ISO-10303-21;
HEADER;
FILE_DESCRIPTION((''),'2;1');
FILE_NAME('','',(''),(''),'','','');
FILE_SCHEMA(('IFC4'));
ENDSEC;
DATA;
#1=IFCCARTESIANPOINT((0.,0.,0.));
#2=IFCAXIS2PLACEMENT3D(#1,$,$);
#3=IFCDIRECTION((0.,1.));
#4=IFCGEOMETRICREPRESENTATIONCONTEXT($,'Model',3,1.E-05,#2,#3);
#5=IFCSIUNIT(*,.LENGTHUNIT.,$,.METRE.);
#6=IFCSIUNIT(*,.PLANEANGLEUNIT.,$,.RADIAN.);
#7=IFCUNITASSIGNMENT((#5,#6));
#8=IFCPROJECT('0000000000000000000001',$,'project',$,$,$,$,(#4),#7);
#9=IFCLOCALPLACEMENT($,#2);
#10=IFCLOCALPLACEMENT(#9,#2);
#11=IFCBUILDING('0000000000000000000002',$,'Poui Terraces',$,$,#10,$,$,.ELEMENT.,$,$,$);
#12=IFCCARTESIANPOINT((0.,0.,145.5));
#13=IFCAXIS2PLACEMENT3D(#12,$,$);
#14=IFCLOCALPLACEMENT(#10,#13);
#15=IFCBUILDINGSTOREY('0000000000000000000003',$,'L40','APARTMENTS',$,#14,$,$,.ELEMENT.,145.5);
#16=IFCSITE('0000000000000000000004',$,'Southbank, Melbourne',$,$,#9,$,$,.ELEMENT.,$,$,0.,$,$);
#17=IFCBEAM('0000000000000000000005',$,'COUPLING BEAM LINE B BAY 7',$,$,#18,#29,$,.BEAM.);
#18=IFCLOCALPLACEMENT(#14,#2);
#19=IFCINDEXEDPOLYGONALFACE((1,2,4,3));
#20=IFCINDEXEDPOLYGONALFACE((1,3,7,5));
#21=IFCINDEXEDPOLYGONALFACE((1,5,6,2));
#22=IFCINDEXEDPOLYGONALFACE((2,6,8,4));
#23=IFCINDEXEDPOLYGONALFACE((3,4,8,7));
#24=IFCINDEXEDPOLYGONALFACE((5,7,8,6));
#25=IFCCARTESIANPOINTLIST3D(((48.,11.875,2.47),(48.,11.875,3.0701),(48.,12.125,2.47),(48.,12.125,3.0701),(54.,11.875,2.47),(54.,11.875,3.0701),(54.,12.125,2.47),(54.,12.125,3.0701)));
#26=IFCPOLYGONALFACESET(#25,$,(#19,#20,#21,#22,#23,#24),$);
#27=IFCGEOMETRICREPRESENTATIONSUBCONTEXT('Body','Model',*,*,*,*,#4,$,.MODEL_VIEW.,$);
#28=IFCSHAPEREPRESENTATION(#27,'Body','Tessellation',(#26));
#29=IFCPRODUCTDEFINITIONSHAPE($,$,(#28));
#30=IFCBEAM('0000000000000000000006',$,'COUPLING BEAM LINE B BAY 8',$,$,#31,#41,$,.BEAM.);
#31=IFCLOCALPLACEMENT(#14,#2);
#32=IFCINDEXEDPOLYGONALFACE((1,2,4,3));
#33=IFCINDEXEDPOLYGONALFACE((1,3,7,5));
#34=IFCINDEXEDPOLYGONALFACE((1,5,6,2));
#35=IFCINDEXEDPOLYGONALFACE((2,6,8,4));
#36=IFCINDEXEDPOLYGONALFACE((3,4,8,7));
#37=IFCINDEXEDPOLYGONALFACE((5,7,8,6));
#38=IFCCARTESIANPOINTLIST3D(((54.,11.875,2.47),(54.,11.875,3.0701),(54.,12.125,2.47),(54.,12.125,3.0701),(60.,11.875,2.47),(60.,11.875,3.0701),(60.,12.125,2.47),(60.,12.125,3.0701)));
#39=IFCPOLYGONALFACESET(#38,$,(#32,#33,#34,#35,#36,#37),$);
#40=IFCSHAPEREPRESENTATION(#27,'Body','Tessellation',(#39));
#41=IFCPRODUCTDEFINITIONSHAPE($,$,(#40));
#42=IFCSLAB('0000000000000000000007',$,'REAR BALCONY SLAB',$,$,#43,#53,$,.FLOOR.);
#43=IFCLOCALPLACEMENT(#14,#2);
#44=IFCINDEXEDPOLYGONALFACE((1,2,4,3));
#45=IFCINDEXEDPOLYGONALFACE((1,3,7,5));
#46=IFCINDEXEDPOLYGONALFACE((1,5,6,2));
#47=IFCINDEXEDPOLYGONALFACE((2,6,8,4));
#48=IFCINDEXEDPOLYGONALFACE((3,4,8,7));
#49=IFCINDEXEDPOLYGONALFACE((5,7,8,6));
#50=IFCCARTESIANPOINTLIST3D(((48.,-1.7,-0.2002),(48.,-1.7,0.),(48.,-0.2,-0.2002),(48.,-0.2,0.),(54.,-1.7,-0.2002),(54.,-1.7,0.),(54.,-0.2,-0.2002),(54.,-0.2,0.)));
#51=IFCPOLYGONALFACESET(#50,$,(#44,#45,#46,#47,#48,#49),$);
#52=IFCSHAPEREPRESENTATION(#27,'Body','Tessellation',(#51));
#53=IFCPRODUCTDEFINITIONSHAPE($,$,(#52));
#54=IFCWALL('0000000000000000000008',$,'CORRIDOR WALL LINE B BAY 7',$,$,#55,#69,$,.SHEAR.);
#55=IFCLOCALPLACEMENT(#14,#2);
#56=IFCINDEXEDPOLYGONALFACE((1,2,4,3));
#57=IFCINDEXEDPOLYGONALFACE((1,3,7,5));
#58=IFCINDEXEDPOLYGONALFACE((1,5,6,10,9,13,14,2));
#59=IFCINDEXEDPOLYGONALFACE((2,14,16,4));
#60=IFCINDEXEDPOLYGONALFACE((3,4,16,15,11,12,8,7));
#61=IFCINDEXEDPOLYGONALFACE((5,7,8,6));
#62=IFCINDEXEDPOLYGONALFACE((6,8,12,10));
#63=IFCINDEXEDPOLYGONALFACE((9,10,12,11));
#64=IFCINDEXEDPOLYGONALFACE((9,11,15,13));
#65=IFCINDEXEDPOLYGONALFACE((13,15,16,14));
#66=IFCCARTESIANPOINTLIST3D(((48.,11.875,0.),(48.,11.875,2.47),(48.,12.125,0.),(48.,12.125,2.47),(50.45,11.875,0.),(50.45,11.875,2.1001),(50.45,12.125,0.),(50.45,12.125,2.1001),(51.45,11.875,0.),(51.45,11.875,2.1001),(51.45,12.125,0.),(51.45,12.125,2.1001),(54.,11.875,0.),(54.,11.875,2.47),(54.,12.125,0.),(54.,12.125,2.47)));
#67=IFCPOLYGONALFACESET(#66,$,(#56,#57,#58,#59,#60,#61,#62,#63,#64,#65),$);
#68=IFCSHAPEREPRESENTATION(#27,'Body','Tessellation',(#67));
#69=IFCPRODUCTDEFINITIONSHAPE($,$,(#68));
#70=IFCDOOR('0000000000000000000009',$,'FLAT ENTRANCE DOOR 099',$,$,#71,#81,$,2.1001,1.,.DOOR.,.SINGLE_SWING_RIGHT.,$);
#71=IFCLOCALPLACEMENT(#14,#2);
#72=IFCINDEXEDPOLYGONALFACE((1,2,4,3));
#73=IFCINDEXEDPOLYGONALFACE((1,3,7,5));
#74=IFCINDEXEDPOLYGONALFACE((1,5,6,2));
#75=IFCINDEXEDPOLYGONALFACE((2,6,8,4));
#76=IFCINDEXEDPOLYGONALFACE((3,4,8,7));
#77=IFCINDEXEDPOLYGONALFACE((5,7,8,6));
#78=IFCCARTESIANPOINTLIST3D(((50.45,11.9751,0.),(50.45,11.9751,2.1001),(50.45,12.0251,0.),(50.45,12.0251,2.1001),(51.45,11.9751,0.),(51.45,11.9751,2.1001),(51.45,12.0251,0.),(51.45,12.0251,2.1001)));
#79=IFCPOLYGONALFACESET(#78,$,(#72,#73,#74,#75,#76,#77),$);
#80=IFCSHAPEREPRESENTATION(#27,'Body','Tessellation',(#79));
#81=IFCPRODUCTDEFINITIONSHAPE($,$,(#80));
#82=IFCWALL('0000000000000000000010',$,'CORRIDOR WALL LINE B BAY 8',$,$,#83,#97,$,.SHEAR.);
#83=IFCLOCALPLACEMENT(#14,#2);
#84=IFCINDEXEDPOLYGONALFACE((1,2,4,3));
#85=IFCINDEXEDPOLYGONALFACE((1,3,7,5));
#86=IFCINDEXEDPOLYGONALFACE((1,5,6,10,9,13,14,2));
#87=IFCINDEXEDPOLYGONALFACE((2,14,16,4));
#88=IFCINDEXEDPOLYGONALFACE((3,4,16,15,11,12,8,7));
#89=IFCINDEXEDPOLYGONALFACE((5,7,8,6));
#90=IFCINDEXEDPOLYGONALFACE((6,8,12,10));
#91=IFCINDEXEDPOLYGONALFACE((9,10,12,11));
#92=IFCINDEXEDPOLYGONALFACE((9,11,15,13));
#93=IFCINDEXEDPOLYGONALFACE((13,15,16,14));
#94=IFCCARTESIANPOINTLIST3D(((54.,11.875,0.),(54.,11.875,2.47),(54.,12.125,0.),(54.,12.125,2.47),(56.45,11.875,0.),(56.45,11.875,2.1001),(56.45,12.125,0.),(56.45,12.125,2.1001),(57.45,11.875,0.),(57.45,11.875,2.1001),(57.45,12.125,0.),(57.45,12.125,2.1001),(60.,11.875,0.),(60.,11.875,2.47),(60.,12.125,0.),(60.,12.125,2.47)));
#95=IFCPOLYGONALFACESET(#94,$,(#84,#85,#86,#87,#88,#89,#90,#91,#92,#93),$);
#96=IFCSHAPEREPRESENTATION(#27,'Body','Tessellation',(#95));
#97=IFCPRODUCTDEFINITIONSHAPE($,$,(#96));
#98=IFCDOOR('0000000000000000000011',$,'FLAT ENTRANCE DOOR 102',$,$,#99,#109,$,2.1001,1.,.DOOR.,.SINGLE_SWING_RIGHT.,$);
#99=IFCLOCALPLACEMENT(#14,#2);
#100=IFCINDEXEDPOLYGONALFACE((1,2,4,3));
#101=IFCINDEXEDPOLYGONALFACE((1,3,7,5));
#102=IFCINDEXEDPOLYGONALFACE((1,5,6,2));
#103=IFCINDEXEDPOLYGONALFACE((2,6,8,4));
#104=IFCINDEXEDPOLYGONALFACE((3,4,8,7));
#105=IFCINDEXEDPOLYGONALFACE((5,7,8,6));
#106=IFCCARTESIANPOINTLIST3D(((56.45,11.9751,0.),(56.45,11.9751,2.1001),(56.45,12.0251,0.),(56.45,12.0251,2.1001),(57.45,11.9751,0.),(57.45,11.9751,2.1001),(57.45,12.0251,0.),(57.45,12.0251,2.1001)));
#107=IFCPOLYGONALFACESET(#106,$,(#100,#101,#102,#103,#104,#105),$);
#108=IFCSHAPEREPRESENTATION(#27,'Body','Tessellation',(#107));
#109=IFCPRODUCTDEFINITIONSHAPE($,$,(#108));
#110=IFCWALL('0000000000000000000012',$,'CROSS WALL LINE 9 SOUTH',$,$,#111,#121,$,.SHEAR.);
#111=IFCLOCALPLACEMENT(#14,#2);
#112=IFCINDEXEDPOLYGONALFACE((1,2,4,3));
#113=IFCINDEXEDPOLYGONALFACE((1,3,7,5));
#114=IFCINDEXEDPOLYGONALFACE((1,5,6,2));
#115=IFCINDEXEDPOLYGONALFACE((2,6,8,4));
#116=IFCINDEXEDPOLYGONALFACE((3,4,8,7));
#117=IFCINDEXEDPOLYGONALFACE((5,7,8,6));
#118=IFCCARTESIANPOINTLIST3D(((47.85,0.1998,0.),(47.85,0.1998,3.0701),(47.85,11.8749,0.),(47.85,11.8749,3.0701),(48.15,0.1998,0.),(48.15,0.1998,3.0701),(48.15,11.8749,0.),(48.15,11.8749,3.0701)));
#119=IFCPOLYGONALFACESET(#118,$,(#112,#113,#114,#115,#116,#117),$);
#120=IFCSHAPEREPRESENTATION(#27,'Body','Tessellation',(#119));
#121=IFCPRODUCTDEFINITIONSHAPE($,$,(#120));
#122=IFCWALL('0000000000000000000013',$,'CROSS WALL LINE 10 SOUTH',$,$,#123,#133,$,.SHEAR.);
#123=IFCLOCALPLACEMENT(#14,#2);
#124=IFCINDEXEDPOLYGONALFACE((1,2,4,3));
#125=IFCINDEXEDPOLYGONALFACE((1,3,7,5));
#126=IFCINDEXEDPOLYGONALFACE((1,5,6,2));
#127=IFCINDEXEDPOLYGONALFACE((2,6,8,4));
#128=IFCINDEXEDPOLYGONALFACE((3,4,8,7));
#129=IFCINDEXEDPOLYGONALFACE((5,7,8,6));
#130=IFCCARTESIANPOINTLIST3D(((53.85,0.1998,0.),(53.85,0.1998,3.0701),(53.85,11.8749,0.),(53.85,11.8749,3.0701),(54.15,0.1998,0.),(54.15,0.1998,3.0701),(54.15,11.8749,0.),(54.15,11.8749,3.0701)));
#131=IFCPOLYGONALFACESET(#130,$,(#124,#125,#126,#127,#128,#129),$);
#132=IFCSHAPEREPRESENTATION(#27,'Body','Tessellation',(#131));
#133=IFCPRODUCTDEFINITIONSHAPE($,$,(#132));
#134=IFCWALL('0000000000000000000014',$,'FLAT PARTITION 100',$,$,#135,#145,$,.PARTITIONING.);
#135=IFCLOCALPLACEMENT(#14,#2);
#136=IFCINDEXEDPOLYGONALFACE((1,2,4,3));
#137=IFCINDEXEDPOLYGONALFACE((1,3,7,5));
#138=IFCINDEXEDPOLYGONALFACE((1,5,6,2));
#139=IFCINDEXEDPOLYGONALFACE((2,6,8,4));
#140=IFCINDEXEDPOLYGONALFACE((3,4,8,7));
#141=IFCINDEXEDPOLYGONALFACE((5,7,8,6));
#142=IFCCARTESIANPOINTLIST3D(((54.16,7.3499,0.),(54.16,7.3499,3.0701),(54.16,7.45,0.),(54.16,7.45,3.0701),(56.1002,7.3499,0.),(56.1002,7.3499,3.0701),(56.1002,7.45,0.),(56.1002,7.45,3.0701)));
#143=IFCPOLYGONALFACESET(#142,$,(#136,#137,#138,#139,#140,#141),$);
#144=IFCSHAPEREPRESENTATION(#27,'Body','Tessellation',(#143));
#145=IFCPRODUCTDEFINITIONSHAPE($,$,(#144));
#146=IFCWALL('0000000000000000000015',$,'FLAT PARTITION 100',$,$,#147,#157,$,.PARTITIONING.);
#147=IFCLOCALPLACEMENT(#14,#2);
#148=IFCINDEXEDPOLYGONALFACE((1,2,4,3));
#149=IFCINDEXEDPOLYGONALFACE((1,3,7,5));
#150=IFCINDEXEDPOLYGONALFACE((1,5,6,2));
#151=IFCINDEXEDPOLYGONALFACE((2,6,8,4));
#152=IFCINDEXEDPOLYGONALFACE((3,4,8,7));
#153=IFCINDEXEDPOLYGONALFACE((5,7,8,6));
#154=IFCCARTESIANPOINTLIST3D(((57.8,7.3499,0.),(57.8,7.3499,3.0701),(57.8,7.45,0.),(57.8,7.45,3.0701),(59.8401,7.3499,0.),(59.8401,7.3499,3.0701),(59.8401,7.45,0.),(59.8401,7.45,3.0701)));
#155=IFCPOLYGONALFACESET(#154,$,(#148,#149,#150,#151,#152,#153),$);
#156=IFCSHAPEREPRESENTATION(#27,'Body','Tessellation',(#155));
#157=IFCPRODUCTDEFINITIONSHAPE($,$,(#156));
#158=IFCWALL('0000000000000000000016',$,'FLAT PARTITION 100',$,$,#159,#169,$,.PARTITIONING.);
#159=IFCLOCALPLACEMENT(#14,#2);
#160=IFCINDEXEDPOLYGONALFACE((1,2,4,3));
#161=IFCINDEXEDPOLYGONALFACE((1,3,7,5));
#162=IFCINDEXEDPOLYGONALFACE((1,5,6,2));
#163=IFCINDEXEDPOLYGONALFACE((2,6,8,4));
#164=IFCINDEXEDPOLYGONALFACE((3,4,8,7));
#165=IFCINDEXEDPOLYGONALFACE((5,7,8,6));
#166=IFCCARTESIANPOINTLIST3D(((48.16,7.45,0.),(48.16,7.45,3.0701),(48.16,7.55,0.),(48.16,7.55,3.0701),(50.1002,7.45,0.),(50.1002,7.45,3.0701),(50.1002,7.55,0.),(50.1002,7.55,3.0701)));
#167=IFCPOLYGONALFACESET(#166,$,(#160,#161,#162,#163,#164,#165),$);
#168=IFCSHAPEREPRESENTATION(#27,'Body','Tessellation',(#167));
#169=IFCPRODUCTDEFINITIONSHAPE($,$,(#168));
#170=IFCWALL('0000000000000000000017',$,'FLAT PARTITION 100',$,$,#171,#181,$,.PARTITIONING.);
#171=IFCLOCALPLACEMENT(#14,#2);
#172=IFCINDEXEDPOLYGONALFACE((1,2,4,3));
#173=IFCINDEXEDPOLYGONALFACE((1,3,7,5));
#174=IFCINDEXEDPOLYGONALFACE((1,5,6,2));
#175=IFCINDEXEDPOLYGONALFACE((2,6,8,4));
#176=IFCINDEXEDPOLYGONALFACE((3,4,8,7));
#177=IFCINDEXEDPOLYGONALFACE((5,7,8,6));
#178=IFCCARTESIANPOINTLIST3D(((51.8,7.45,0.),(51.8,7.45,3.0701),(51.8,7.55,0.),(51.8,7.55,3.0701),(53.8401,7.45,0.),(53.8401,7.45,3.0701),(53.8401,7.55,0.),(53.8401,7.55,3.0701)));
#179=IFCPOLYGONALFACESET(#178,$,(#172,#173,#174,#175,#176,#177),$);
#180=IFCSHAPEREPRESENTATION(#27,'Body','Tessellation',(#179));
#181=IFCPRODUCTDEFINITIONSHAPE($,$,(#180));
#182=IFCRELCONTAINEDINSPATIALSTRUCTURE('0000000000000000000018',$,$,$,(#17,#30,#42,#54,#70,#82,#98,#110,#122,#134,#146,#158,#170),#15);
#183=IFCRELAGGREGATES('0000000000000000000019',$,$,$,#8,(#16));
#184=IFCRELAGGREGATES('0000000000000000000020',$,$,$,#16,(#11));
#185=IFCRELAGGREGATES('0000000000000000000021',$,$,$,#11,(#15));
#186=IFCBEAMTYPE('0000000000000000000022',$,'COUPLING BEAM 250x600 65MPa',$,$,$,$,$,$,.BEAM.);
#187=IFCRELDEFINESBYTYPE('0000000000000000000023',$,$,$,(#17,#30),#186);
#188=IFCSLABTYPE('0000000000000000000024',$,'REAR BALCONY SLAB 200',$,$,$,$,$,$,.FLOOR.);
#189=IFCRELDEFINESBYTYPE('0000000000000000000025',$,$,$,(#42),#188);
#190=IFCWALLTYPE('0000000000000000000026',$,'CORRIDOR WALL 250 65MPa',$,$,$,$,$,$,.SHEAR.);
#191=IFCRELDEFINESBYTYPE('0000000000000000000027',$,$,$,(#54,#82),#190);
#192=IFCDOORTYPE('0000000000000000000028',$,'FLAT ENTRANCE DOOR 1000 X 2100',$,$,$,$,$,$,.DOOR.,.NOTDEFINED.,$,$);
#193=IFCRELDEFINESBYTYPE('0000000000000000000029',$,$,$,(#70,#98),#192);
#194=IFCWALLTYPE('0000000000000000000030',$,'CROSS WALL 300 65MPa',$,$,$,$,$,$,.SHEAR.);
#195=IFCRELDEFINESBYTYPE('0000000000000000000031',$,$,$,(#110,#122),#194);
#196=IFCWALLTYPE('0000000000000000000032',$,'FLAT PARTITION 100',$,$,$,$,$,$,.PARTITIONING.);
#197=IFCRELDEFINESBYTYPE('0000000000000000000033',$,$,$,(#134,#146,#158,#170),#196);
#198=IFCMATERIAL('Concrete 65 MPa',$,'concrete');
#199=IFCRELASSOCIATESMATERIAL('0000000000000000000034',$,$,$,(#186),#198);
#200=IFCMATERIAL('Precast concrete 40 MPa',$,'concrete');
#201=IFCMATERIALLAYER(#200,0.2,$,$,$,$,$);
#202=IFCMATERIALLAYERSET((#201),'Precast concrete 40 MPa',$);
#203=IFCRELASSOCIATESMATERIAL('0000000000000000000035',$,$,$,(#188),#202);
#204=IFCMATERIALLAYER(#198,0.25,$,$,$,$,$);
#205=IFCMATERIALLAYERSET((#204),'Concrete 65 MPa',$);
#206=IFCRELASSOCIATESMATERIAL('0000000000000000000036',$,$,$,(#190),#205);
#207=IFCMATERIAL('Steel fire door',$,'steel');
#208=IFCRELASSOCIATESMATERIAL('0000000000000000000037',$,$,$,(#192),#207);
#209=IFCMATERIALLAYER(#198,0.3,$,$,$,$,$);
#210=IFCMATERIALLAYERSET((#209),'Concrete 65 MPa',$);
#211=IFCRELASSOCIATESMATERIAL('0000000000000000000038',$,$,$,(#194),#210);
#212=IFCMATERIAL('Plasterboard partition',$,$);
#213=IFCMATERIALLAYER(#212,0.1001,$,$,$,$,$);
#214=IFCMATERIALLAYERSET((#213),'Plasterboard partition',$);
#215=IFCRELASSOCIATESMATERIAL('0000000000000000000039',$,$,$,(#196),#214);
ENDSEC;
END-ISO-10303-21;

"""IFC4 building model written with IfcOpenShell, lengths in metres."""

from ifc_helpers import new_model, si_unit, direction, frame, frame_2d, origin, origin_2d, place, context, subcontext, project, spatial, polyline, rectangle, outline, extrude, source, transform, mapped, material, layer, layer_set, material_profile, profile_set, type_object, element, fill, save


model = new_model("IFC4")

# Units and contexts
model_context = context("Model", 3, precision=1e-05, world=origin(), true_north=direction((0.0, 1.0)))
body_context = subcontext(model_context, "Body", "Model", "MODEL_VIEW")
ifc_project = project(units=[si_unit("LENGTHUNIT", "METRE"), si_unit("PLANEANGLEUNIT", "RADIAN")], contexts=[model_context])

# Site, building, storey
site_placement = place(None, origin())
site = spatial("IfcSite", under=ifc_project, at=site_placement, Name="Southbank, Melbourne", CompositionType="ELEMENT", RefElevation=0.0)
building_placement = place(site_placement, origin())
building = spatial("IfcBuilding", under=site, at=building_placement, Name="Poui Terraces", CompositionType="ELEMENT")
storey_placement = place(building_placement, frame((0.0, 0.0, 145.5)))
storey = spatial("IfcBuildingStorey", under=building, at=storey_placement, Name="L40", Description="APARTMENTS", CompositionType="ELEMENT", Elevation=145.5)

# Beams
ifc_material_1 = material(Name="Concrete 65 MPa", Category="concrete")
ifc_material_profile_1 = material_profile(ifc_material_1, rectangle(XDim=0.25, YDim=0.6001, at=origin_2d()), Name="RC 250x600")
ifc_profile_set_1 = profile_set([ifc_material_profile_1], Name="Concrete 65 MPa")
beam_type = type_object("IfcBeamType", Name="COUPLING BEAM 250x600 65MPa", PredefinedType="BEAM", material=ifc_profile_set_1)
shared_shape_1 = source(origin(), body_context, "Body", "SweptSolid", [
    extrude(rectangle(XDim=0.25, YDim=0.6001, at=origin_2d()), origin(), (0.0, 0.0, 1.0), 6.0),
])
for number, where, z_axis, x_axis, name in (
    (1, (48.0, 12.0, 2.77), (1.0, 0.0, 0.0), (0.0, 1.0, 0.0), "COUPLING BEAM LINE B BAY 7"),
    (2, (54.0, 12.0, 2.77), (1.0, 0.0, 0.0), (0.0, 1.0, 0.0), "COUPLING BEAM LINE B BAY 8"),
):
    element("IfcBeam", number, at=place(storey_placement, frame(where, z_axis=z_axis, x_axis=x_axis)), inside=storey, type_object=beam_type, Name=name, PredefinedType="BEAM", context=body_context, shape_type="MappedRepresentation", body=[
        mapped(shared_shape_1, transform((0.0, 0.0, 0.0))),
    ])

# Slab
ifc_material_2 = material(Name="Precast concrete 40 MPa", Category="concrete")
ifc_layer_1 = layer(ifc_material_2, 0.2)
ifc_layer_set_1 = layer_set([ifc_layer_1], Name="Precast concrete 40 MPa")
slab_type = type_object("IfcSlabType", Name="REAR BALCONY SLAB 200", PredefinedType="FLOOR", material=ifc_layer_set_1)
shared_shape_2 = source(origin(), body_context, "Body", "SweptSolid", [
    extrude(outline(polyline([(0.0, 0.0), (6.0, 0.0), (6.0, 1.5), (0.0, 1.5), (0.0, 0.0)])), origin(), (0.0, 0.0, 1.0), 0.2002),
])
slab_placement = place(storey_placement, frame((48.0, -1.7, -0.2002)))
element("IfcSlab", 3, at=slab_placement, inside=storey, type_object=slab_type, Name="REAR BALCONY SLAB", PredefinedType="FLOOR", context=body_context, shape_type="MappedRepresentation", body=[
    mapped(shared_shape_2, transform((0.0, 0.0, 0.0))),
])

# Walls, openings, doors
ifc_layer_2 = layer(ifc_material_1, 0.25)
ifc_layer_set_2 = layer_set([ifc_layer_2], Name="Concrete 65 MPa")
wall_type_1 = type_object("IfcWallType", Name="CORRIDOR WALL 250 65MPa", PredefinedType="SHEAR", material=ifc_layer_set_2)
wall_1_placement = place(storey_placement, frame((48.0, 12.0, 0.0), z_axis=(0.0, 0.0, 1.0), x_axis=(1.0, 0.0, 0.0)))
wall_1 = element("IfcWall", 4, at=wall_1_placement, inside=storey, type_object=wall_type_1, Name="CORRIDOR WALL LINE B BAY 7", PredefinedType="SHEAR", context=body_context, shape_type="SweptSolid", body=[
    extrude(rectangle(XDim=6.0, YDim=0.25, at=frame_2d((3.0, 0.0))), origin(), (0.0, 0.0, 1.0), 2.47),
])
opening_1_placement = place(wall_1_placement, frame((2.45, 0.0, 0.0)))
opening_1 = element("IfcOpeningElement", 5, at=opening_1_placement, cuts=wall_1, PredefinedType="OPENING", context=body_context, shape_type="SweptSolid", body=[
    extrude(rectangle(XDim=1.0, YDim=2.1001, at=frame_2d((0.5, 1.05))), frame((0.0, 0.135, 0.0), z_axis=(0.0, -1.0, 0.0), x_axis=(1.0, 0.0, 0.0)), (0.0, 0.0, 1.0), 0.27),
])
ifc_material_3 = material(Name="Steel fire door", Category="steel")
door_type_1 = type_object("IfcDoorType", Name="FLAT ENTRANCE DOOR 1000 X 2100", OperationType="NOTDEFINED", PredefinedType="DOOR", material=ifc_material_3)
door_1_placement = place(opening_1_placement, frame((1.0, 0.0, 0.0), z_axis=(0.0, 0.0, 1.0), x_axis=(-1.0, 0.0, 0.0)))
door_1 = element("IfcDoor", 6, at=door_1_placement, inside=storey, type_object=door_type_1, Name="FLAT ENTRANCE DOOR 099", OperationType="SINGLE_SWING_RIGHT", OverallHeight=2.1001, OverallWidth=1.0, PredefinedType="DOOR", context=body_context, shape_type="SweptSolid", body=[
    extrude(rectangle(XDim=1.0, YDim=2.1001, at=frame_2d((0.5, 1.05))), frame((0.0, 0.0249, 0.0), z_axis=(0.0, -1.0, 0.0), x_axis=(1.0, 0.0, 0.0)), (0.0, 0.0, 1.0), 0.05),
])
fill(opening_1, door_1)
wall_2_placement = place(storey_placement, frame((54.0, 12.0, 0.0), z_axis=(0.0, 0.0, 1.0), x_axis=(1.0, 0.0, 0.0)))
wall_2 = element("IfcWall", 7, at=wall_2_placement, inside=storey, type_object=wall_type_1, Name="CORRIDOR WALL LINE B BAY 8", PredefinedType="SHEAR", context=body_context, shape_type="SweptSolid", body=[
    extrude(rectangle(XDim=6.0, YDim=0.25, at=frame_2d((3.0, 0.0))), origin(), (0.0, 0.0, 1.0), 2.47),
])
opening_2_placement = place(wall_2_placement, frame((2.45, 0.0, 0.0)))
opening_2 = element("IfcOpeningElement", 8, at=opening_2_placement, cuts=wall_2, PredefinedType="OPENING", context=body_context, shape_type="SweptSolid", body=[
    extrude(rectangle(XDim=1.0, YDim=2.1001, at=frame_2d((0.5, 1.05))), frame((0.0, 0.135, 0.0), z_axis=(0.0, -1.0, 0.0), x_axis=(1.0, 0.0, 0.0)), (0.0, 0.0, 1.0), 0.27),
])
door_2_placement = place(opening_2_placement, frame((1.0, 0.0, 0.0), z_axis=(0.0, 0.0, 1.0), x_axis=(-1.0, 0.0, 0.0)))
door_2 = element("IfcDoor", 9, at=door_2_placement, inside=storey, type_object=door_type_1, Name="FLAT ENTRANCE DOOR 102", OperationType="SINGLE_SWING_RIGHT", OverallHeight=2.1001, OverallWidth=1.0, PredefinedType="DOOR", context=body_context, shape_type="SweptSolid", body=[
    extrude(rectangle(XDim=1.0, YDim=2.1001, at=frame_2d((0.5, 1.05))), frame((0.0, 0.0249, 0.0), z_axis=(0.0, -1.0, 0.0), x_axis=(1.0, 0.0, 0.0)), (0.0, 0.0, 1.0), 0.05),
])
fill(opening_2, door_2)

# Walls
ifc_layer_3 = layer(ifc_material_1, 0.3)
ifc_layer_set_3 = layer_set([ifc_layer_3], Name="Concrete 65 MPa")
wall_type_2 = type_object("IfcWallType", Name="CROSS WALL 300 65MPa", PredefinedType="SHEAR", material=ifc_layer_set_3)
for number, where, z_axis, x_axis, name in (
    (10, (48.0, 0.2, 0.0), (0.0, 0.0, 1.0), (0.0, 1.0, 0.0), "CROSS WALL LINE 9 SOUTH"),
    (11, (54.0, 0.2, 0.0), (0.0, 0.0, 1.0), (0.0, 1.0, 0.0), "CROSS WALL LINE 10 SOUTH"),
):
    element("IfcWall", number, at=place(storey_placement, frame(where, z_axis=z_axis, x_axis=x_axis)), inside=storey, type_object=wall_type_2, Name=name, PredefinedType="SHEAR", context=body_context, shape_type="SweptSolid", body=[
        extrude(rectangle(XDim=11.675, YDim=0.3, at=frame_2d((5.8374, 0.0))), origin(), (0.0, 0.0, 1.0), 3.0701),
    ])
ifc_material_4 = material(Name="Plasterboard partition")
ifc_layer_4 = layer(ifc_material_4, 0.1001)
ifc_layer_set_4 = layer_set([ifc_layer_4], Name="Plasterboard partition")
wall_type_3 = type_object("IfcWallType", Name="FLAT PARTITION 100", PredefinedType="PARTITIONING", material=ifc_layer_set_4)
wall_3_placement = place(storey_placement, frame((54.1599, 7.3999, 0.0), z_axis=(0.0, 0.0, 1.0), x_axis=(1.0, 0.0, 0.0)))
element("IfcWall", 12, at=wall_3_placement, inside=storey, type_object=wall_type_3, Name="FLAT PARTITION 100", PredefinedType="PARTITIONING", context=body_context, shape_type="SweptSolid", body=[
    extrude(rectangle(XDim=1.9402, YDim=0.1001, at=frame_2d((0.9702, 0.0))), origin(), (0.0, 0.0, 1.0), 3.0701),
])
wall_4_placement = place(storey_placement, frame((57.8, 7.3999, 0.0), z_axis=(0.0, 0.0, 1.0), x_axis=(1.0, 0.0, 0.0)))
element("IfcWall", 13, at=wall_4_placement, inside=storey, type_object=wall_type_3, Name="FLAT PARTITION 100", PredefinedType="PARTITIONING", context=body_context, shape_type="SweptSolid", body=[
    extrude(rectangle(XDim=2.04, YDim=0.1001, at=frame_2d((1.02, 0.0))), origin(), (0.0, 0.0, 1.0), 3.0701),
])
wall_5_placement = place(storey_placement, frame((48.1599, 7.5, 0.0), z_axis=(0.0, 0.0, 1.0), x_axis=(1.0, 0.0, 0.0)))
element("IfcWall", 14, at=wall_5_placement, inside=storey, type_object=wall_type_3, Name="FLAT PARTITION 100", PredefinedType="PARTITIONING", context=body_context, shape_type="SweptSolid", body=[
    extrude(rectangle(XDim=1.9402, YDim=0.1001, at=frame_2d((0.9702, 0.0))), origin(), (0.0, 0.0, 1.0), 3.0701),
])
wall_6_placement = place(storey_placement, frame((51.8, 7.5, 0.0), z_axis=(0.0, 0.0, 1.0), x_axis=(1.0, 0.0, 0.0)))
element("IfcWall", 15, at=wall_6_placement, inside=storey, type_object=wall_type_3, Name="FLAT PARTITION 100", PredefinedType="PARTITIONING", context=body_context, shape_type="SweptSolid", body=[
    extrude(rectangle(XDim=2.04, YDim=0.1001, at=frame_2d((1.02, 0.0))), origin(), (0.0, 0.0, 1.0), 3.0701),
])

save(model, "model.ifc")
